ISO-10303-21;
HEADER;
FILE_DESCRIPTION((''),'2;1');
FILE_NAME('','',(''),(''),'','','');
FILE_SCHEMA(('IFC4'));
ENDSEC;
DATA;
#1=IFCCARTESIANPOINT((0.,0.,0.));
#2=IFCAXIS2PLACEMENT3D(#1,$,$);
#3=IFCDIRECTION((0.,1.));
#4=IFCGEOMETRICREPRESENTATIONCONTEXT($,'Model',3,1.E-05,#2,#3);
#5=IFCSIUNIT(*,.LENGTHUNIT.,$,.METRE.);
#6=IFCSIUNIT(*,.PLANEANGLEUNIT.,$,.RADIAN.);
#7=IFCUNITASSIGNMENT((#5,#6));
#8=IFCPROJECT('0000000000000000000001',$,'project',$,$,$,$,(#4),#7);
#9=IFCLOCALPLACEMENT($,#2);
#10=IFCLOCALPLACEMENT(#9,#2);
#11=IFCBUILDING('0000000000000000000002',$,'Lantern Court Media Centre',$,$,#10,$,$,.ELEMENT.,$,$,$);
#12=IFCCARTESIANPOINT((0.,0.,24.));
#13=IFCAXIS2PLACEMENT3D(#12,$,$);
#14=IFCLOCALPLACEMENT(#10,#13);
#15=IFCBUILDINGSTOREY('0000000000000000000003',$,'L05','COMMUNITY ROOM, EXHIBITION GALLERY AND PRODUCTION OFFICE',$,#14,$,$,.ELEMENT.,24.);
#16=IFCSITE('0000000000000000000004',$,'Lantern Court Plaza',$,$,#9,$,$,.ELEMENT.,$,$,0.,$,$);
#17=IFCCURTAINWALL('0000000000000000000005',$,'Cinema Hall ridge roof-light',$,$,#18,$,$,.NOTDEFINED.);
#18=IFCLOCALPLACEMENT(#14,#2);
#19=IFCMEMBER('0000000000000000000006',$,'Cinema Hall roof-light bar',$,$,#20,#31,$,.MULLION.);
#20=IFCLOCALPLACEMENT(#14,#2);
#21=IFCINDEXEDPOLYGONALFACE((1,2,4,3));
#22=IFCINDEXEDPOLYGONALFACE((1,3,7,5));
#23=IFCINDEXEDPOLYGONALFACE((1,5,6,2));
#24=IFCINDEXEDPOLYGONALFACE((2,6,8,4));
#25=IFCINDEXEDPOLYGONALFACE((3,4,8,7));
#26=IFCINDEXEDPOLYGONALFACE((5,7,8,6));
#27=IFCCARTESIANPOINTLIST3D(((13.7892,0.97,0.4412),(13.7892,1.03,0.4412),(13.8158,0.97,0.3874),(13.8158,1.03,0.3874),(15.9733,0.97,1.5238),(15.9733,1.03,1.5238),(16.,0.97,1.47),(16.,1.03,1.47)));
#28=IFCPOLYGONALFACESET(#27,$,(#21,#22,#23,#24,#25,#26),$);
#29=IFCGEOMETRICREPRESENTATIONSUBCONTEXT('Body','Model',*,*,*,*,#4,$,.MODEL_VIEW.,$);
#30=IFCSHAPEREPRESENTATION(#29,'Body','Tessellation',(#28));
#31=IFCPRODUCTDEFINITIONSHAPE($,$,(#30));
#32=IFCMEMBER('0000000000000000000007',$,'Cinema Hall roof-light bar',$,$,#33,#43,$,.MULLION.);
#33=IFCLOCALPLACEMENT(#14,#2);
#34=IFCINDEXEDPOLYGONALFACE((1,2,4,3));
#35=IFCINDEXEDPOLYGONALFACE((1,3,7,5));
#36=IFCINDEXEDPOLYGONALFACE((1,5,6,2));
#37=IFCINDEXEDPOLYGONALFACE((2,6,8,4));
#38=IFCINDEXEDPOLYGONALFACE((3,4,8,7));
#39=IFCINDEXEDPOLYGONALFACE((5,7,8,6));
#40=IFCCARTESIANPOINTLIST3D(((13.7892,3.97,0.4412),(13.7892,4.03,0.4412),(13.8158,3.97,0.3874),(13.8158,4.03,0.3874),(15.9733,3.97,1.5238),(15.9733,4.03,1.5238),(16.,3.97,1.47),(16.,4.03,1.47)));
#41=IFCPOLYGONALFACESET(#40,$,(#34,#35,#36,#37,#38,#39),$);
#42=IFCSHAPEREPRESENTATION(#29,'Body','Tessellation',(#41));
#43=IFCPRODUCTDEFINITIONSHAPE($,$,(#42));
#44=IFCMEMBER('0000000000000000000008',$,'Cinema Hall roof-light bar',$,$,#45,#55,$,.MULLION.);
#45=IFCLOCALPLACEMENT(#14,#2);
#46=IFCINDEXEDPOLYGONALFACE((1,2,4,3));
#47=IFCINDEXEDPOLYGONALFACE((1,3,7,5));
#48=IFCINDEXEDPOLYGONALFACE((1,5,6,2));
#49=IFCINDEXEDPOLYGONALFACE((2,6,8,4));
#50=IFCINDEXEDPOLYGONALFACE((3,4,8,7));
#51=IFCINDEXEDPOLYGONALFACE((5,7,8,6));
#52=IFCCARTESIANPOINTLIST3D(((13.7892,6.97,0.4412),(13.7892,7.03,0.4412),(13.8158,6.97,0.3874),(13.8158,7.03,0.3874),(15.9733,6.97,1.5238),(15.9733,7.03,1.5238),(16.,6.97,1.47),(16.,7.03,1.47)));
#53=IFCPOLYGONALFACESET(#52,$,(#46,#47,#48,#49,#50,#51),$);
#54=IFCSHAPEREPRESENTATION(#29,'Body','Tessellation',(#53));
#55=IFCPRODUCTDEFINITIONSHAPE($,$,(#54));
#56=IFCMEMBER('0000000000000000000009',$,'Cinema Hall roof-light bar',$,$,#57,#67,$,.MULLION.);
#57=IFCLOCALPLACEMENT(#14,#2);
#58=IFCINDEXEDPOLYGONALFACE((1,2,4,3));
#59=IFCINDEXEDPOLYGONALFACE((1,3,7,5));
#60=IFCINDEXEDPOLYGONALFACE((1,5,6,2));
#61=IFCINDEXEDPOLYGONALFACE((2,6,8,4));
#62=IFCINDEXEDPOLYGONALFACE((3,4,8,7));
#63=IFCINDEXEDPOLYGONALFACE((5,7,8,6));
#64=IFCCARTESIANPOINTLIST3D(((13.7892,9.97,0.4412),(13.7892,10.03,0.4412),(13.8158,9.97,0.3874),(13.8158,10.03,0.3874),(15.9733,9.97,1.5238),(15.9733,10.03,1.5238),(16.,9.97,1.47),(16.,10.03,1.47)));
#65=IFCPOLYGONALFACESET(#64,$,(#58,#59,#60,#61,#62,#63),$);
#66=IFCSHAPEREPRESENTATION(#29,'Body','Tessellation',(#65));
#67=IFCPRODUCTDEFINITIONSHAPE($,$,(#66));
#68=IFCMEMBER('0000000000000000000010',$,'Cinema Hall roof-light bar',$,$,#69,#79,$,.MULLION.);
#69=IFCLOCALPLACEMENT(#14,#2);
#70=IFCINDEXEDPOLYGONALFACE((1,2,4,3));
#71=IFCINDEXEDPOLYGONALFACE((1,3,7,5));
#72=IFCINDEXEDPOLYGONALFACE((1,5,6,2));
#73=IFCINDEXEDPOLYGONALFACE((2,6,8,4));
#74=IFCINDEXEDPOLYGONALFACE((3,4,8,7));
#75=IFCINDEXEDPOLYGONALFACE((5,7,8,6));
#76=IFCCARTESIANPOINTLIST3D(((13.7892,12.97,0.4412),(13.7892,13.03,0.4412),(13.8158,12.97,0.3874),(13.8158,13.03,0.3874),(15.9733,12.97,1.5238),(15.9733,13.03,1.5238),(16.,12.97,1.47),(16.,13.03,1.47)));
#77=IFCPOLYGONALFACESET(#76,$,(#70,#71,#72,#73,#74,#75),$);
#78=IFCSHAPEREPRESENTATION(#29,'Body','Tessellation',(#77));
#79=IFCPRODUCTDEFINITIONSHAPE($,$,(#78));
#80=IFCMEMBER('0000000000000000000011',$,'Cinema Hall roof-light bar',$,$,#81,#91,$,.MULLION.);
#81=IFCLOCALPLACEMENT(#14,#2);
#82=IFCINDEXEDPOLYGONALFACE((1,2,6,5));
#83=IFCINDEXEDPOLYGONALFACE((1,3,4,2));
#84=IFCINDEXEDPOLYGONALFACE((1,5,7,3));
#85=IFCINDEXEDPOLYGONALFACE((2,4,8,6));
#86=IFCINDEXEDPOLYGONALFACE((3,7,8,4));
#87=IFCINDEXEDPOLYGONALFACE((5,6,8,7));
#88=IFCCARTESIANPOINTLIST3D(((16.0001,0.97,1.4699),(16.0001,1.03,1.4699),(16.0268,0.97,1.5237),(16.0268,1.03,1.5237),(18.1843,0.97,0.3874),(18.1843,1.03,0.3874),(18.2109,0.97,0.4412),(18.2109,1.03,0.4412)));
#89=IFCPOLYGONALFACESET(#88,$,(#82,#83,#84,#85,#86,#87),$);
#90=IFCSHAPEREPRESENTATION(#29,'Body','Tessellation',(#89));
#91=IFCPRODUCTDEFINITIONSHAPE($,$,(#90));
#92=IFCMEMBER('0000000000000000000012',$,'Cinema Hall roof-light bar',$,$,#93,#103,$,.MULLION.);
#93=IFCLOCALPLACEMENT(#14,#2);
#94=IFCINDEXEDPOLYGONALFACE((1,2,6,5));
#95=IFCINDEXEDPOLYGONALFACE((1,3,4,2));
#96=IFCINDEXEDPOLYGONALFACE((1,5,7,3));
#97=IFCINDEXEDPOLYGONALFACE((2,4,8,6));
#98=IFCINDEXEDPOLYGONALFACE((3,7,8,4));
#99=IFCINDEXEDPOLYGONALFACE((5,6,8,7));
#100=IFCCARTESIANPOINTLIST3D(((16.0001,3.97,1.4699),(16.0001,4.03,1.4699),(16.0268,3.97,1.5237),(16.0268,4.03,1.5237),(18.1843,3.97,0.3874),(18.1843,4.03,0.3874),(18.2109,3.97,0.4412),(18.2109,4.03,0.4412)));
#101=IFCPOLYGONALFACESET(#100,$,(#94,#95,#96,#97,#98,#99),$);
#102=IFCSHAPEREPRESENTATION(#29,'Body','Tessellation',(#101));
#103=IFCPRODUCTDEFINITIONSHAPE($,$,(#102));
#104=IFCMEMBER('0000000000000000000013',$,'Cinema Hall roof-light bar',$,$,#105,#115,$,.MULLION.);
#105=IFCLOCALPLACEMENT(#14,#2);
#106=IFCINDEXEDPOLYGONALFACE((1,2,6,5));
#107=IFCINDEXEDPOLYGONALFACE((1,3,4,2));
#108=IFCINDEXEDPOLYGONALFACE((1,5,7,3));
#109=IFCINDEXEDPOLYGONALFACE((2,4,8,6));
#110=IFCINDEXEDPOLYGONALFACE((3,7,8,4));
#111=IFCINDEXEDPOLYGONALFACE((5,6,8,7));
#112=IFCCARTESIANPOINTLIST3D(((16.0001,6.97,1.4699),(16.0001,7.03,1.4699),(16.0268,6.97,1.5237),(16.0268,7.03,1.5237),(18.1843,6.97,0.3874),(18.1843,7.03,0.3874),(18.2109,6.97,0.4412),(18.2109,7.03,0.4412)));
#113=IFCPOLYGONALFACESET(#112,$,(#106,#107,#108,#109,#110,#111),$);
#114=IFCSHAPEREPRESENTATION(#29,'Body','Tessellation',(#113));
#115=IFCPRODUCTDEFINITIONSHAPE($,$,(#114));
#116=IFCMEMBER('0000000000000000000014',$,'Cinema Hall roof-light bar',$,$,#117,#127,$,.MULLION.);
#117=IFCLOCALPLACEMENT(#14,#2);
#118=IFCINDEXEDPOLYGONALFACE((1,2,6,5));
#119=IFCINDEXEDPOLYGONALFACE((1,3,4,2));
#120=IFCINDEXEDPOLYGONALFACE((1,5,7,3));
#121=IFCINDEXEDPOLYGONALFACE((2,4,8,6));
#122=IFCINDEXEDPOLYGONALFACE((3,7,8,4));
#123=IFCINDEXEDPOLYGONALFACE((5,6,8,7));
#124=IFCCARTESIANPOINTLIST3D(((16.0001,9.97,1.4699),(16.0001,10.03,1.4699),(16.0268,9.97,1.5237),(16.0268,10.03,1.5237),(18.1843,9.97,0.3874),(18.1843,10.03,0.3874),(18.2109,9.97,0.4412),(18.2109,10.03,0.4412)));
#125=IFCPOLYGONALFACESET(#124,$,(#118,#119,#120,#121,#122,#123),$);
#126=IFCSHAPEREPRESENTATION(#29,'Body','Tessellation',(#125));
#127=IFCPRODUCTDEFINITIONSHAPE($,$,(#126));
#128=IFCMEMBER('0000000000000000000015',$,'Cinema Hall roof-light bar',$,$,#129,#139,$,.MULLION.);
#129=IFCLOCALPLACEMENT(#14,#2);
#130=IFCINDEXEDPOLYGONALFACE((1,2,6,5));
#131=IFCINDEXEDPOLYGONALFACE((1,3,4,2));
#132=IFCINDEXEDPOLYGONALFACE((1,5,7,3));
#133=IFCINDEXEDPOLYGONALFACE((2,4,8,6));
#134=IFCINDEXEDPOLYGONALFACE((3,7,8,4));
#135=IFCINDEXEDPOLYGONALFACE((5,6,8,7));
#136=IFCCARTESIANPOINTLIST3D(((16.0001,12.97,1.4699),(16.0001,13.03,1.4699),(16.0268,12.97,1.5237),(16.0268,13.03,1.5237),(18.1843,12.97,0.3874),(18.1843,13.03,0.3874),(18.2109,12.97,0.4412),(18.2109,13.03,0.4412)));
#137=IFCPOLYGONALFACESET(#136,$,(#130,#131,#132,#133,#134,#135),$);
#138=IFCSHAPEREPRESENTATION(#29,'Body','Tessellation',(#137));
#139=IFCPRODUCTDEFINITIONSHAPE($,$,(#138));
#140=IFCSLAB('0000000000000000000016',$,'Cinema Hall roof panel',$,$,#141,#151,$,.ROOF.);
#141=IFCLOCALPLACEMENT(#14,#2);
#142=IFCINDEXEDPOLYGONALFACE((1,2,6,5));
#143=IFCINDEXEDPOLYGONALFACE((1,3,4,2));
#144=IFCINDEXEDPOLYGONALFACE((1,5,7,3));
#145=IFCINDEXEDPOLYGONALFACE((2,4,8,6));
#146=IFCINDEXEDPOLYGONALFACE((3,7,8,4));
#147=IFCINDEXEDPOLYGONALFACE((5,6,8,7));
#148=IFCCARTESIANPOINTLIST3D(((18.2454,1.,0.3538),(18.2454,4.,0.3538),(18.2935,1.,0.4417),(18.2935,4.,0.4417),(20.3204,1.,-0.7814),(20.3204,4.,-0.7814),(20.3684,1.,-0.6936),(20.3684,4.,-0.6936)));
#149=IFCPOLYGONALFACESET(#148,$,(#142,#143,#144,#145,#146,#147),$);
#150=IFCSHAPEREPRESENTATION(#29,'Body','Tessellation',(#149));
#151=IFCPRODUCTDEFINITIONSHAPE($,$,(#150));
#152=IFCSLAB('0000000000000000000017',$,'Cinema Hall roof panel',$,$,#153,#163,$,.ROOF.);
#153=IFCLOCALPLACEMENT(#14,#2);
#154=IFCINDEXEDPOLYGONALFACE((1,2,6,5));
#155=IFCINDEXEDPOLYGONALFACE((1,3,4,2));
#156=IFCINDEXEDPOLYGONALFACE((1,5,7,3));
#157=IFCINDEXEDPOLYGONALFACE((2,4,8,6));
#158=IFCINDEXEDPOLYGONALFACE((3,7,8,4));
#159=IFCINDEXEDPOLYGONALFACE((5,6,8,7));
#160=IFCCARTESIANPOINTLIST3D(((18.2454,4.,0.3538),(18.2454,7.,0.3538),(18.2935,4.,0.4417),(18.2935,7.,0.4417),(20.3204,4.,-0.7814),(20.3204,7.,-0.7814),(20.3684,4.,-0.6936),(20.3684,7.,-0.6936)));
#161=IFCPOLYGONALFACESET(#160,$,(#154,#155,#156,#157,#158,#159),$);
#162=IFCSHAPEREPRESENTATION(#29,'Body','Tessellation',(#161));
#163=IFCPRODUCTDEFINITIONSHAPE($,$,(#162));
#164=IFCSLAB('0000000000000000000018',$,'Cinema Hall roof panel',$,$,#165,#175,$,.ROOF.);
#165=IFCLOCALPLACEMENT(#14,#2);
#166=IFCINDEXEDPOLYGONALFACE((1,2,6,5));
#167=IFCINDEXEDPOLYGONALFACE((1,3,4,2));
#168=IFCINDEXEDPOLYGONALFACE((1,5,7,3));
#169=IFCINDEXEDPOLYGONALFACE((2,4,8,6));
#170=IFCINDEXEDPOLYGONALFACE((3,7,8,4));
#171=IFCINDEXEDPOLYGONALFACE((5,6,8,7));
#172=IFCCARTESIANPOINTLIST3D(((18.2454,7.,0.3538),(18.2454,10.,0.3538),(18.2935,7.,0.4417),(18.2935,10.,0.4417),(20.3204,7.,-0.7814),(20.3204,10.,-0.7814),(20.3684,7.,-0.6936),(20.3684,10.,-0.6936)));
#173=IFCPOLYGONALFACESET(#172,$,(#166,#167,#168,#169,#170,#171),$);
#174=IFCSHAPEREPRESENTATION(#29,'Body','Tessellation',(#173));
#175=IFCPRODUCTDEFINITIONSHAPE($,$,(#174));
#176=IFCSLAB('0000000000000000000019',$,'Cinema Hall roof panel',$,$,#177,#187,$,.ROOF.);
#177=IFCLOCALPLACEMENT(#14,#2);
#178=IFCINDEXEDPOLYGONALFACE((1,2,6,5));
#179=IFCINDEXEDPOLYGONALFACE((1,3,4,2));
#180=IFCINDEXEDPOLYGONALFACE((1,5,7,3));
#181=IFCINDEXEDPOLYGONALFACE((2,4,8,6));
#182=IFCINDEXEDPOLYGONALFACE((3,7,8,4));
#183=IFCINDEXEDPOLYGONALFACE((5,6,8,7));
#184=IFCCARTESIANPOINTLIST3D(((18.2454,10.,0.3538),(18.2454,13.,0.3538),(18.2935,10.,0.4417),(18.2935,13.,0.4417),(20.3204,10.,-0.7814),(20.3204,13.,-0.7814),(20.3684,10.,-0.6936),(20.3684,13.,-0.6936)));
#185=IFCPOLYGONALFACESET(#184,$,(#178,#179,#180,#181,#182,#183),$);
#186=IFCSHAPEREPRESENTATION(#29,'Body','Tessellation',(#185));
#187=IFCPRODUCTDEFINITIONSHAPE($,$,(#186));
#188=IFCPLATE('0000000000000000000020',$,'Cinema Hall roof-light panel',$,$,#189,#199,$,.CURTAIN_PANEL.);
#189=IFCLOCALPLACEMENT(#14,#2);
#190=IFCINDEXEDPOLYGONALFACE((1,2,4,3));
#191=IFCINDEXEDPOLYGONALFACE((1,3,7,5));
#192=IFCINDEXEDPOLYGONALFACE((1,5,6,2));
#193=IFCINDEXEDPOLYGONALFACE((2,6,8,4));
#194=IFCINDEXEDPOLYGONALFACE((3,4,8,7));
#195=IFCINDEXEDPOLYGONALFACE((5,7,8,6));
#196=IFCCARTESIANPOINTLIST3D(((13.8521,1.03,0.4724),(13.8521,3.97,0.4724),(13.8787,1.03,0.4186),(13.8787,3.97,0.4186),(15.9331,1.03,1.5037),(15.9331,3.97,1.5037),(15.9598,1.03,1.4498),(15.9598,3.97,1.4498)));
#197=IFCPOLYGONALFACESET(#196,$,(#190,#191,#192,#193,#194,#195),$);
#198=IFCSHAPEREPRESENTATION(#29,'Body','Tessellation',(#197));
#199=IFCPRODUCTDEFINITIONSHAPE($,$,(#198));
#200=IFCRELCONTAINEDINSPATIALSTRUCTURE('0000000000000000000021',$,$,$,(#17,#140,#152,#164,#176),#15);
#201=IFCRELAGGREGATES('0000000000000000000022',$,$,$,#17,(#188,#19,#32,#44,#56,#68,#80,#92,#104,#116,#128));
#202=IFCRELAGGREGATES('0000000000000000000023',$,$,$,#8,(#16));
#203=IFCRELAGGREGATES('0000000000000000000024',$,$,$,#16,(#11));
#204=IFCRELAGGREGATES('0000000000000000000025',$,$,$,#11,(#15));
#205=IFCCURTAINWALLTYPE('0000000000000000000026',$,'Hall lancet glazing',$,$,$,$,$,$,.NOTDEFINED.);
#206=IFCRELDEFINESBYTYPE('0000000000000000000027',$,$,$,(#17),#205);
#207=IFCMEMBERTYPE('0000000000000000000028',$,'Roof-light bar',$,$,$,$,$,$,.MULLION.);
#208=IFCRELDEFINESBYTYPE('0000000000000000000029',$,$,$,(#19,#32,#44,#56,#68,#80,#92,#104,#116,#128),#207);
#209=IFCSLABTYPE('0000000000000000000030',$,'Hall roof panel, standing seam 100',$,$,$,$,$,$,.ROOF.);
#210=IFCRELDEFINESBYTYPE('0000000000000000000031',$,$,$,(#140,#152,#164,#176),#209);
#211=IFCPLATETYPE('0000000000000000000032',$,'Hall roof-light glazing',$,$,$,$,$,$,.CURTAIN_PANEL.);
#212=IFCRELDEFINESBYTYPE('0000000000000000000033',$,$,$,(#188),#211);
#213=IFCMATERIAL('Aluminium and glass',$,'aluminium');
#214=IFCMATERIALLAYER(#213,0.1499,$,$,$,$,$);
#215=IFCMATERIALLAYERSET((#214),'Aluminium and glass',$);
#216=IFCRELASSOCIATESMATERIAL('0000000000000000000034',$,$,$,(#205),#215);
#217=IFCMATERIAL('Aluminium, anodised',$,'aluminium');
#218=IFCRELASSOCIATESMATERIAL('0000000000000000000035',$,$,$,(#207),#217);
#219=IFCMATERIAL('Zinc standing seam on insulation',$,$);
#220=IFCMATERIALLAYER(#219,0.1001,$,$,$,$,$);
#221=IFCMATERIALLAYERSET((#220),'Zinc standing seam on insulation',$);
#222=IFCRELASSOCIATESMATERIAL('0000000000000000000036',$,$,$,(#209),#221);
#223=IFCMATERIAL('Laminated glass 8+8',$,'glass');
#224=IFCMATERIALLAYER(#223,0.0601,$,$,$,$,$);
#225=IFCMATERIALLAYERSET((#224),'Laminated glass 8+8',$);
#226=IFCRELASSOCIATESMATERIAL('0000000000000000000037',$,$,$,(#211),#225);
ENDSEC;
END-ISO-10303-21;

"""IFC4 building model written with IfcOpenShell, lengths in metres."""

from ifc_helpers import new_model, si_unit, direction, frame, origin, origin_2d, place, context, subcontext, project, spatial, polyline, rectangle, outline, extrude, material, layer, layer_set, material_profile, profile_set, type_object, element, aggregate, save


model = new_model("IFC4")

# Units and contexts
model_context = context("Model", 3, precision=1e-05, world=origin(), true_north=direction((0.0, 1.0)))
body_context = subcontext(model_context, "Body", "Model", "MODEL_VIEW")
ifc_project = project(units=[si_unit("LENGTHUNIT", "METRE"), si_unit("PLANEANGLEUNIT", "RADIAN")], contexts=[model_context])

# Site, building, storey
site_placement = place(None, origin())
site = spatial("IfcSite", under=ifc_project, at=site_placement, Name="Lantern Court Plaza", CompositionType="ELEMENT", RefElevation=0.0)
building_placement = place(site_placement, origin())
building = spatial("IfcBuilding", under=site, at=building_placement, Name="Lantern Court Media Centre", CompositionType="ELEMENT")
storey_placement = place(building_placement, frame((0.0, 0.0, 24.0)))
storey = spatial("IfcBuildingStorey", under=building, at=storey_placement, Name="L05", Description="COMMUNITY ROOM, EXHIBITION GALLERY AND PRODUCTION OFFICE", CompositionType="ELEMENT", Elevation=24.0)

# Curtain wall, members
ifc_material_1 = material(Name="Aluminium and glass", Category="aluminium")
ifc_layer_1 = layer(ifc_material_1, 0.1499)
ifc_layer_set_1 = layer_set([ifc_layer_1], Name="Aluminium and glass")
curtain_wall_type = type_object("IfcCurtainWallType", Name="Hall lancet glazing", PredefinedType="NOTDEFINED", material=ifc_layer_set_1)
curtain_wall_placement = place(storey_placement, origin())
curtain_wall = element("IfcCurtainWall", 1, at=curtain_wall_placement, inside=storey, type_object=curtain_wall_type, Name="Cinema Hall ridge roof-light", PredefinedType="NOTDEFINED")
ifc_material_2 = material(Name="Aluminium, anodised", Category="aluminium")
ifc_material_profile = material_profile(ifc_material_2, rectangle(XDim=0.0601, YDim=0.0601, at=origin_2d()), Name="Roof-light bar")
ifc_profile_set = profile_set([ifc_material_profile], Name="Aluminium, anodised")
member_type = type_object("IfcMemberType", Name="Roof-light bar", PredefinedType="MULLION", material=ifc_profile_set)
member_1_placement = place(storey_placement, frame((13.8025, 1.0, 0.4143), z_axis=(0.895984, 0.0, 0.444086), x_axis=(0.0, 1.0, 0.0)))
member_1 = element("IfcMember", 2, at=member_1_placement, type_object=member_type, Name="Cinema Hall roof-light bar", PredefinedType="MULLION", context=body_context, shape_type="SweptSolid", body=[
    extrude(rectangle(XDim=0.0601, YDim=0.0601, at=origin_2d()), origin(), (0.0, 0.0, 1.0), 2.4377),
])
member_2_placement = place(storey_placement, frame((13.8025, 4.0, 0.4143), z_axis=(0.895984, 0.0, 0.444086), x_axis=(0.0, 1.0, 0.0)))
member_2 = element("IfcMember", 3, at=member_2_placement, type_object=member_type, Name="Cinema Hall roof-light bar", PredefinedType="MULLION", context=body_context, shape_type="SweptSolid", body=[
    extrude(rectangle(XDim=0.0601, YDim=0.0601, at=origin_2d()), origin(), (0.0, 0.0, 1.0), 2.4377),
])
member_3_placement = place(storey_placement, frame((13.8025, 7.0, 0.4143), z_axis=(0.895984, 0.0, 0.444086), x_axis=(0.0, 1.0, 0.0)))
member_3 = element("IfcMember", 4, at=member_3_placement, type_object=member_type, Name="Cinema Hall roof-light bar", PredefinedType="MULLION", context=body_context, shape_type="SweptSolid", body=[
    extrude(rectangle(XDim=0.0601, YDim=0.0601, at=origin_2d()), origin(), (0.0, 0.0, 1.0), 2.4377),
])
member_4_placement = place(storey_placement, frame((13.8025, 10.0, 0.4143), z_axis=(0.895984, 0.0, 0.444086), x_axis=(0.0, 1.0, 0.0)))
member_4 = element("IfcMember", 5, at=member_4_placement, type_object=member_type, Name="Cinema Hall roof-light bar", PredefinedType="MULLION", context=body_context, shape_type="SweptSolid", body=[
    extrude(rectangle(XDim=0.0601, YDim=0.0601, at=origin_2d()), origin(), (0.0, 0.0, 1.0), 2.4377),
])
member_5_placement = place(storey_placement, frame((13.8025, 13.0, 0.4143), z_axis=(0.895984, 0.0, 0.444086), x_axis=(0.0, 1.0, 0.0)))
member_5 = element("IfcMember", 6, at=member_5_placement, type_object=member_type, Name="Cinema Hall roof-light bar", PredefinedType="MULLION", context=body_context, shape_type="SweptSolid", body=[
    extrude(rectangle(XDim=0.0601, YDim=0.0601, at=origin_2d()), origin(), (0.0, 0.0, 1.0), 2.4377),
])
member_6_placement = place(storey_placement, frame((16.0134, 1.0, 1.4968), z_axis=(0.895984, 0.0, -0.444086), x_axis=(0.0, 1.0, 0.0)))
member_6 = element("IfcMember", 7, at=member_6_placement, type_object=member_type, Name="Cinema Hall roof-light bar", PredefinedType="MULLION", context=body_context, shape_type="SweptSolid", body=[
    extrude(rectangle(XDim=0.0601, YDim=0.0601, at=origin_2d()), origin(), (0.0, 0.0, 1.0), 2.4377),
])
member_7_placement = place(storey_placement, frame((16.0134, 4.0, 1.4968), z_axis=(0.895984, 0.0, -0.444086), x_axis=(0.0, 1.0, 0.0)))
member_7 = element("IfcMember", 8, at=member_7_placement, type_object=member_type, Name="Cinema Hall roof-light bar", PredefinedType="MULLION", context=body_context, shape_type="SweptSolid", body=[
    extrude(rectangle(XDim=0.0601, YDim=0.0601, at=origin_2d()), origin(), (0.0, 0.0, 1.0), 2.4377),
])
member_8_placement = place(storey_placement, frame((16.0134, 7.0, 1.4968), z_axis=(0.895984, 0.0, -0.444086), x_axis=(0.0, 1.0, 0.0)))
member_8 = element("IfcMember", 9, at=member_8_placement, type_object=member_type, Name="Cinema Hall roof-light bar", PredefinedType="MULLION", context=body_context, shape_type="SweptSolid", body=[
    extrude(rectangle(XDim=0.0601, YDim=0.0601, at=origin_2d()), origin(), (0.0, 0.0, 1.0), 2.4377),
])
member_9_placement = place(storey_placement, frame((16.0134, 10.0, 1.4968), z_axis=(0.895984, 0.0, -0.444086), x_axis=(0.0, 1.0, 0.0)))
member_9 = element("IfcMember", 10, at=member_9_placement, type_object=member_type, Name="Cinema Hall roof-light bar", PredefinedType="MULLION", context=body_context, shape_type="SweptSolid", body=[
    extrude(rectangle(XDim=0.0601, YDim=0.0601, at=origin_2d()), origin(), (0.0, 0.0, 1.0), 2.4377),
])
member_10_placement = place(storey_placement, frame((16.0134, 13.0, 1.4968), z_axis=(0.895984, 0.0, -0.444086), x_axis=(0.0, 1.0, 0.0)))
member_10 = element("IfcMember", 11, at=member_10_placement, type_object=member_type, Name="Cinema Hall roof-light bar", PredefinedType="MULLION", context=body_context, shape_type="SweptSolid", body=[
    extrude(rectangle(XDim=0.0601, YDim=0.0601, at=origin_2d()), origin(), (0.0, 0.0, 1.0), 2.4377),
])

# Slabs
ifc_material_3 = material(Name="Zinc standing seam on insulation")
ifc_layer_2 = layer(ifc_material_3, 0.1001)
ifc_layer_set_2 = layer_set([ifc_layer_2], Name="Zinc standing seam on insulation")
slab_type = type_object("IfcSlabType", Name="Hall roof panel, standing seam 100", PredefinedType="ROOF", material=ifc_layer_set_2)
for number, where, z_axis, x_axis, name in (
    (12, (18.2935, 1.0, 0.4417), (0.47998, 0.0, 0.877279), (0.877279, 0.0, -0.47998), "Cinema Hall roof panel"),
    (13, (18.2935, 4.0, 0.4417), (0.47998, 0.0, 0.877279), (0.877279, 0.0, -0.47998), "Cinema Hall roof panel"),
    (14, (18.2935, 7.0, 0.4417), (0.47998, 0.0, 0.877279), (0.877279, 0.0, -0.47998), "Cinema Hall roof panel"),
    (15, (18.2935, 10.0, 0.4417), (0.47998, 0.0, 0.877279), (0.877279, 0.0, -0.47998), "Cinema Hall roof panel"),
):
    element("IfcSlab", number, at=place(storey_placement, frame(where, z_axis=z_axis, x_axis=x_axis)), inside=storey, type_object=slab_type, Name=name, PredefinedType="ROOF", context=body_context, shape_type="SweptSolid", body=[
        extrude(outline(polyline([(0.0, 0.0), (2.3652, 0.0), (2.3652, 3.0), (0.0, 3.0), (0.0, 0.0)])), origin(), (0.0, 0.0, -1.0), 0.1001),
    ])

# Plate
ifc_material_4 = material(Name="Laminated glass 8+8", Category="glass")
ifc_layer_3 = layer(ifc_material_4, 0.0601)
ifc_layer_set_3 = layer_set([ifc_layer_3], Name="Laminated glass 8+8")
plate_type = type_object("IfcPlateType", Name="Hall roof-light glazing", PredefinedType="CURTAIN_PANEL", material=ifc_layer_set_3)
plate_1_placement = place(storey_placement, frame((13.8521, 1.03, 0.4724), z_axis=(-0.444015, 0.0, 0.896019), x_axis=(0.896019, 0.0, 0.444015)))
plate_1 = element("IfcPlate", 16, at=plate_1_placement, type_object=plate_type, Name="Cinema Hall roof-light panel", PredefinedType="CURTAIN_PANEL", context=body_context, shape_type="SweptSolid", body=[
    extrude(outline(polyline([(0.0, 0.0), (2.3226, 0.0), (2.3226, 2.9399), (0.0, 2.9399), (0.0, 0.0)])), origin(), (0.0, 0.0, -1.0), 0.0601),
])
aggregate(curtain_wall, [plate_1, member_1, member_2, member_3, member_4, member_5, member_6, member_7, member_8, member_9, member_10])

save(model, "model.ifc")
